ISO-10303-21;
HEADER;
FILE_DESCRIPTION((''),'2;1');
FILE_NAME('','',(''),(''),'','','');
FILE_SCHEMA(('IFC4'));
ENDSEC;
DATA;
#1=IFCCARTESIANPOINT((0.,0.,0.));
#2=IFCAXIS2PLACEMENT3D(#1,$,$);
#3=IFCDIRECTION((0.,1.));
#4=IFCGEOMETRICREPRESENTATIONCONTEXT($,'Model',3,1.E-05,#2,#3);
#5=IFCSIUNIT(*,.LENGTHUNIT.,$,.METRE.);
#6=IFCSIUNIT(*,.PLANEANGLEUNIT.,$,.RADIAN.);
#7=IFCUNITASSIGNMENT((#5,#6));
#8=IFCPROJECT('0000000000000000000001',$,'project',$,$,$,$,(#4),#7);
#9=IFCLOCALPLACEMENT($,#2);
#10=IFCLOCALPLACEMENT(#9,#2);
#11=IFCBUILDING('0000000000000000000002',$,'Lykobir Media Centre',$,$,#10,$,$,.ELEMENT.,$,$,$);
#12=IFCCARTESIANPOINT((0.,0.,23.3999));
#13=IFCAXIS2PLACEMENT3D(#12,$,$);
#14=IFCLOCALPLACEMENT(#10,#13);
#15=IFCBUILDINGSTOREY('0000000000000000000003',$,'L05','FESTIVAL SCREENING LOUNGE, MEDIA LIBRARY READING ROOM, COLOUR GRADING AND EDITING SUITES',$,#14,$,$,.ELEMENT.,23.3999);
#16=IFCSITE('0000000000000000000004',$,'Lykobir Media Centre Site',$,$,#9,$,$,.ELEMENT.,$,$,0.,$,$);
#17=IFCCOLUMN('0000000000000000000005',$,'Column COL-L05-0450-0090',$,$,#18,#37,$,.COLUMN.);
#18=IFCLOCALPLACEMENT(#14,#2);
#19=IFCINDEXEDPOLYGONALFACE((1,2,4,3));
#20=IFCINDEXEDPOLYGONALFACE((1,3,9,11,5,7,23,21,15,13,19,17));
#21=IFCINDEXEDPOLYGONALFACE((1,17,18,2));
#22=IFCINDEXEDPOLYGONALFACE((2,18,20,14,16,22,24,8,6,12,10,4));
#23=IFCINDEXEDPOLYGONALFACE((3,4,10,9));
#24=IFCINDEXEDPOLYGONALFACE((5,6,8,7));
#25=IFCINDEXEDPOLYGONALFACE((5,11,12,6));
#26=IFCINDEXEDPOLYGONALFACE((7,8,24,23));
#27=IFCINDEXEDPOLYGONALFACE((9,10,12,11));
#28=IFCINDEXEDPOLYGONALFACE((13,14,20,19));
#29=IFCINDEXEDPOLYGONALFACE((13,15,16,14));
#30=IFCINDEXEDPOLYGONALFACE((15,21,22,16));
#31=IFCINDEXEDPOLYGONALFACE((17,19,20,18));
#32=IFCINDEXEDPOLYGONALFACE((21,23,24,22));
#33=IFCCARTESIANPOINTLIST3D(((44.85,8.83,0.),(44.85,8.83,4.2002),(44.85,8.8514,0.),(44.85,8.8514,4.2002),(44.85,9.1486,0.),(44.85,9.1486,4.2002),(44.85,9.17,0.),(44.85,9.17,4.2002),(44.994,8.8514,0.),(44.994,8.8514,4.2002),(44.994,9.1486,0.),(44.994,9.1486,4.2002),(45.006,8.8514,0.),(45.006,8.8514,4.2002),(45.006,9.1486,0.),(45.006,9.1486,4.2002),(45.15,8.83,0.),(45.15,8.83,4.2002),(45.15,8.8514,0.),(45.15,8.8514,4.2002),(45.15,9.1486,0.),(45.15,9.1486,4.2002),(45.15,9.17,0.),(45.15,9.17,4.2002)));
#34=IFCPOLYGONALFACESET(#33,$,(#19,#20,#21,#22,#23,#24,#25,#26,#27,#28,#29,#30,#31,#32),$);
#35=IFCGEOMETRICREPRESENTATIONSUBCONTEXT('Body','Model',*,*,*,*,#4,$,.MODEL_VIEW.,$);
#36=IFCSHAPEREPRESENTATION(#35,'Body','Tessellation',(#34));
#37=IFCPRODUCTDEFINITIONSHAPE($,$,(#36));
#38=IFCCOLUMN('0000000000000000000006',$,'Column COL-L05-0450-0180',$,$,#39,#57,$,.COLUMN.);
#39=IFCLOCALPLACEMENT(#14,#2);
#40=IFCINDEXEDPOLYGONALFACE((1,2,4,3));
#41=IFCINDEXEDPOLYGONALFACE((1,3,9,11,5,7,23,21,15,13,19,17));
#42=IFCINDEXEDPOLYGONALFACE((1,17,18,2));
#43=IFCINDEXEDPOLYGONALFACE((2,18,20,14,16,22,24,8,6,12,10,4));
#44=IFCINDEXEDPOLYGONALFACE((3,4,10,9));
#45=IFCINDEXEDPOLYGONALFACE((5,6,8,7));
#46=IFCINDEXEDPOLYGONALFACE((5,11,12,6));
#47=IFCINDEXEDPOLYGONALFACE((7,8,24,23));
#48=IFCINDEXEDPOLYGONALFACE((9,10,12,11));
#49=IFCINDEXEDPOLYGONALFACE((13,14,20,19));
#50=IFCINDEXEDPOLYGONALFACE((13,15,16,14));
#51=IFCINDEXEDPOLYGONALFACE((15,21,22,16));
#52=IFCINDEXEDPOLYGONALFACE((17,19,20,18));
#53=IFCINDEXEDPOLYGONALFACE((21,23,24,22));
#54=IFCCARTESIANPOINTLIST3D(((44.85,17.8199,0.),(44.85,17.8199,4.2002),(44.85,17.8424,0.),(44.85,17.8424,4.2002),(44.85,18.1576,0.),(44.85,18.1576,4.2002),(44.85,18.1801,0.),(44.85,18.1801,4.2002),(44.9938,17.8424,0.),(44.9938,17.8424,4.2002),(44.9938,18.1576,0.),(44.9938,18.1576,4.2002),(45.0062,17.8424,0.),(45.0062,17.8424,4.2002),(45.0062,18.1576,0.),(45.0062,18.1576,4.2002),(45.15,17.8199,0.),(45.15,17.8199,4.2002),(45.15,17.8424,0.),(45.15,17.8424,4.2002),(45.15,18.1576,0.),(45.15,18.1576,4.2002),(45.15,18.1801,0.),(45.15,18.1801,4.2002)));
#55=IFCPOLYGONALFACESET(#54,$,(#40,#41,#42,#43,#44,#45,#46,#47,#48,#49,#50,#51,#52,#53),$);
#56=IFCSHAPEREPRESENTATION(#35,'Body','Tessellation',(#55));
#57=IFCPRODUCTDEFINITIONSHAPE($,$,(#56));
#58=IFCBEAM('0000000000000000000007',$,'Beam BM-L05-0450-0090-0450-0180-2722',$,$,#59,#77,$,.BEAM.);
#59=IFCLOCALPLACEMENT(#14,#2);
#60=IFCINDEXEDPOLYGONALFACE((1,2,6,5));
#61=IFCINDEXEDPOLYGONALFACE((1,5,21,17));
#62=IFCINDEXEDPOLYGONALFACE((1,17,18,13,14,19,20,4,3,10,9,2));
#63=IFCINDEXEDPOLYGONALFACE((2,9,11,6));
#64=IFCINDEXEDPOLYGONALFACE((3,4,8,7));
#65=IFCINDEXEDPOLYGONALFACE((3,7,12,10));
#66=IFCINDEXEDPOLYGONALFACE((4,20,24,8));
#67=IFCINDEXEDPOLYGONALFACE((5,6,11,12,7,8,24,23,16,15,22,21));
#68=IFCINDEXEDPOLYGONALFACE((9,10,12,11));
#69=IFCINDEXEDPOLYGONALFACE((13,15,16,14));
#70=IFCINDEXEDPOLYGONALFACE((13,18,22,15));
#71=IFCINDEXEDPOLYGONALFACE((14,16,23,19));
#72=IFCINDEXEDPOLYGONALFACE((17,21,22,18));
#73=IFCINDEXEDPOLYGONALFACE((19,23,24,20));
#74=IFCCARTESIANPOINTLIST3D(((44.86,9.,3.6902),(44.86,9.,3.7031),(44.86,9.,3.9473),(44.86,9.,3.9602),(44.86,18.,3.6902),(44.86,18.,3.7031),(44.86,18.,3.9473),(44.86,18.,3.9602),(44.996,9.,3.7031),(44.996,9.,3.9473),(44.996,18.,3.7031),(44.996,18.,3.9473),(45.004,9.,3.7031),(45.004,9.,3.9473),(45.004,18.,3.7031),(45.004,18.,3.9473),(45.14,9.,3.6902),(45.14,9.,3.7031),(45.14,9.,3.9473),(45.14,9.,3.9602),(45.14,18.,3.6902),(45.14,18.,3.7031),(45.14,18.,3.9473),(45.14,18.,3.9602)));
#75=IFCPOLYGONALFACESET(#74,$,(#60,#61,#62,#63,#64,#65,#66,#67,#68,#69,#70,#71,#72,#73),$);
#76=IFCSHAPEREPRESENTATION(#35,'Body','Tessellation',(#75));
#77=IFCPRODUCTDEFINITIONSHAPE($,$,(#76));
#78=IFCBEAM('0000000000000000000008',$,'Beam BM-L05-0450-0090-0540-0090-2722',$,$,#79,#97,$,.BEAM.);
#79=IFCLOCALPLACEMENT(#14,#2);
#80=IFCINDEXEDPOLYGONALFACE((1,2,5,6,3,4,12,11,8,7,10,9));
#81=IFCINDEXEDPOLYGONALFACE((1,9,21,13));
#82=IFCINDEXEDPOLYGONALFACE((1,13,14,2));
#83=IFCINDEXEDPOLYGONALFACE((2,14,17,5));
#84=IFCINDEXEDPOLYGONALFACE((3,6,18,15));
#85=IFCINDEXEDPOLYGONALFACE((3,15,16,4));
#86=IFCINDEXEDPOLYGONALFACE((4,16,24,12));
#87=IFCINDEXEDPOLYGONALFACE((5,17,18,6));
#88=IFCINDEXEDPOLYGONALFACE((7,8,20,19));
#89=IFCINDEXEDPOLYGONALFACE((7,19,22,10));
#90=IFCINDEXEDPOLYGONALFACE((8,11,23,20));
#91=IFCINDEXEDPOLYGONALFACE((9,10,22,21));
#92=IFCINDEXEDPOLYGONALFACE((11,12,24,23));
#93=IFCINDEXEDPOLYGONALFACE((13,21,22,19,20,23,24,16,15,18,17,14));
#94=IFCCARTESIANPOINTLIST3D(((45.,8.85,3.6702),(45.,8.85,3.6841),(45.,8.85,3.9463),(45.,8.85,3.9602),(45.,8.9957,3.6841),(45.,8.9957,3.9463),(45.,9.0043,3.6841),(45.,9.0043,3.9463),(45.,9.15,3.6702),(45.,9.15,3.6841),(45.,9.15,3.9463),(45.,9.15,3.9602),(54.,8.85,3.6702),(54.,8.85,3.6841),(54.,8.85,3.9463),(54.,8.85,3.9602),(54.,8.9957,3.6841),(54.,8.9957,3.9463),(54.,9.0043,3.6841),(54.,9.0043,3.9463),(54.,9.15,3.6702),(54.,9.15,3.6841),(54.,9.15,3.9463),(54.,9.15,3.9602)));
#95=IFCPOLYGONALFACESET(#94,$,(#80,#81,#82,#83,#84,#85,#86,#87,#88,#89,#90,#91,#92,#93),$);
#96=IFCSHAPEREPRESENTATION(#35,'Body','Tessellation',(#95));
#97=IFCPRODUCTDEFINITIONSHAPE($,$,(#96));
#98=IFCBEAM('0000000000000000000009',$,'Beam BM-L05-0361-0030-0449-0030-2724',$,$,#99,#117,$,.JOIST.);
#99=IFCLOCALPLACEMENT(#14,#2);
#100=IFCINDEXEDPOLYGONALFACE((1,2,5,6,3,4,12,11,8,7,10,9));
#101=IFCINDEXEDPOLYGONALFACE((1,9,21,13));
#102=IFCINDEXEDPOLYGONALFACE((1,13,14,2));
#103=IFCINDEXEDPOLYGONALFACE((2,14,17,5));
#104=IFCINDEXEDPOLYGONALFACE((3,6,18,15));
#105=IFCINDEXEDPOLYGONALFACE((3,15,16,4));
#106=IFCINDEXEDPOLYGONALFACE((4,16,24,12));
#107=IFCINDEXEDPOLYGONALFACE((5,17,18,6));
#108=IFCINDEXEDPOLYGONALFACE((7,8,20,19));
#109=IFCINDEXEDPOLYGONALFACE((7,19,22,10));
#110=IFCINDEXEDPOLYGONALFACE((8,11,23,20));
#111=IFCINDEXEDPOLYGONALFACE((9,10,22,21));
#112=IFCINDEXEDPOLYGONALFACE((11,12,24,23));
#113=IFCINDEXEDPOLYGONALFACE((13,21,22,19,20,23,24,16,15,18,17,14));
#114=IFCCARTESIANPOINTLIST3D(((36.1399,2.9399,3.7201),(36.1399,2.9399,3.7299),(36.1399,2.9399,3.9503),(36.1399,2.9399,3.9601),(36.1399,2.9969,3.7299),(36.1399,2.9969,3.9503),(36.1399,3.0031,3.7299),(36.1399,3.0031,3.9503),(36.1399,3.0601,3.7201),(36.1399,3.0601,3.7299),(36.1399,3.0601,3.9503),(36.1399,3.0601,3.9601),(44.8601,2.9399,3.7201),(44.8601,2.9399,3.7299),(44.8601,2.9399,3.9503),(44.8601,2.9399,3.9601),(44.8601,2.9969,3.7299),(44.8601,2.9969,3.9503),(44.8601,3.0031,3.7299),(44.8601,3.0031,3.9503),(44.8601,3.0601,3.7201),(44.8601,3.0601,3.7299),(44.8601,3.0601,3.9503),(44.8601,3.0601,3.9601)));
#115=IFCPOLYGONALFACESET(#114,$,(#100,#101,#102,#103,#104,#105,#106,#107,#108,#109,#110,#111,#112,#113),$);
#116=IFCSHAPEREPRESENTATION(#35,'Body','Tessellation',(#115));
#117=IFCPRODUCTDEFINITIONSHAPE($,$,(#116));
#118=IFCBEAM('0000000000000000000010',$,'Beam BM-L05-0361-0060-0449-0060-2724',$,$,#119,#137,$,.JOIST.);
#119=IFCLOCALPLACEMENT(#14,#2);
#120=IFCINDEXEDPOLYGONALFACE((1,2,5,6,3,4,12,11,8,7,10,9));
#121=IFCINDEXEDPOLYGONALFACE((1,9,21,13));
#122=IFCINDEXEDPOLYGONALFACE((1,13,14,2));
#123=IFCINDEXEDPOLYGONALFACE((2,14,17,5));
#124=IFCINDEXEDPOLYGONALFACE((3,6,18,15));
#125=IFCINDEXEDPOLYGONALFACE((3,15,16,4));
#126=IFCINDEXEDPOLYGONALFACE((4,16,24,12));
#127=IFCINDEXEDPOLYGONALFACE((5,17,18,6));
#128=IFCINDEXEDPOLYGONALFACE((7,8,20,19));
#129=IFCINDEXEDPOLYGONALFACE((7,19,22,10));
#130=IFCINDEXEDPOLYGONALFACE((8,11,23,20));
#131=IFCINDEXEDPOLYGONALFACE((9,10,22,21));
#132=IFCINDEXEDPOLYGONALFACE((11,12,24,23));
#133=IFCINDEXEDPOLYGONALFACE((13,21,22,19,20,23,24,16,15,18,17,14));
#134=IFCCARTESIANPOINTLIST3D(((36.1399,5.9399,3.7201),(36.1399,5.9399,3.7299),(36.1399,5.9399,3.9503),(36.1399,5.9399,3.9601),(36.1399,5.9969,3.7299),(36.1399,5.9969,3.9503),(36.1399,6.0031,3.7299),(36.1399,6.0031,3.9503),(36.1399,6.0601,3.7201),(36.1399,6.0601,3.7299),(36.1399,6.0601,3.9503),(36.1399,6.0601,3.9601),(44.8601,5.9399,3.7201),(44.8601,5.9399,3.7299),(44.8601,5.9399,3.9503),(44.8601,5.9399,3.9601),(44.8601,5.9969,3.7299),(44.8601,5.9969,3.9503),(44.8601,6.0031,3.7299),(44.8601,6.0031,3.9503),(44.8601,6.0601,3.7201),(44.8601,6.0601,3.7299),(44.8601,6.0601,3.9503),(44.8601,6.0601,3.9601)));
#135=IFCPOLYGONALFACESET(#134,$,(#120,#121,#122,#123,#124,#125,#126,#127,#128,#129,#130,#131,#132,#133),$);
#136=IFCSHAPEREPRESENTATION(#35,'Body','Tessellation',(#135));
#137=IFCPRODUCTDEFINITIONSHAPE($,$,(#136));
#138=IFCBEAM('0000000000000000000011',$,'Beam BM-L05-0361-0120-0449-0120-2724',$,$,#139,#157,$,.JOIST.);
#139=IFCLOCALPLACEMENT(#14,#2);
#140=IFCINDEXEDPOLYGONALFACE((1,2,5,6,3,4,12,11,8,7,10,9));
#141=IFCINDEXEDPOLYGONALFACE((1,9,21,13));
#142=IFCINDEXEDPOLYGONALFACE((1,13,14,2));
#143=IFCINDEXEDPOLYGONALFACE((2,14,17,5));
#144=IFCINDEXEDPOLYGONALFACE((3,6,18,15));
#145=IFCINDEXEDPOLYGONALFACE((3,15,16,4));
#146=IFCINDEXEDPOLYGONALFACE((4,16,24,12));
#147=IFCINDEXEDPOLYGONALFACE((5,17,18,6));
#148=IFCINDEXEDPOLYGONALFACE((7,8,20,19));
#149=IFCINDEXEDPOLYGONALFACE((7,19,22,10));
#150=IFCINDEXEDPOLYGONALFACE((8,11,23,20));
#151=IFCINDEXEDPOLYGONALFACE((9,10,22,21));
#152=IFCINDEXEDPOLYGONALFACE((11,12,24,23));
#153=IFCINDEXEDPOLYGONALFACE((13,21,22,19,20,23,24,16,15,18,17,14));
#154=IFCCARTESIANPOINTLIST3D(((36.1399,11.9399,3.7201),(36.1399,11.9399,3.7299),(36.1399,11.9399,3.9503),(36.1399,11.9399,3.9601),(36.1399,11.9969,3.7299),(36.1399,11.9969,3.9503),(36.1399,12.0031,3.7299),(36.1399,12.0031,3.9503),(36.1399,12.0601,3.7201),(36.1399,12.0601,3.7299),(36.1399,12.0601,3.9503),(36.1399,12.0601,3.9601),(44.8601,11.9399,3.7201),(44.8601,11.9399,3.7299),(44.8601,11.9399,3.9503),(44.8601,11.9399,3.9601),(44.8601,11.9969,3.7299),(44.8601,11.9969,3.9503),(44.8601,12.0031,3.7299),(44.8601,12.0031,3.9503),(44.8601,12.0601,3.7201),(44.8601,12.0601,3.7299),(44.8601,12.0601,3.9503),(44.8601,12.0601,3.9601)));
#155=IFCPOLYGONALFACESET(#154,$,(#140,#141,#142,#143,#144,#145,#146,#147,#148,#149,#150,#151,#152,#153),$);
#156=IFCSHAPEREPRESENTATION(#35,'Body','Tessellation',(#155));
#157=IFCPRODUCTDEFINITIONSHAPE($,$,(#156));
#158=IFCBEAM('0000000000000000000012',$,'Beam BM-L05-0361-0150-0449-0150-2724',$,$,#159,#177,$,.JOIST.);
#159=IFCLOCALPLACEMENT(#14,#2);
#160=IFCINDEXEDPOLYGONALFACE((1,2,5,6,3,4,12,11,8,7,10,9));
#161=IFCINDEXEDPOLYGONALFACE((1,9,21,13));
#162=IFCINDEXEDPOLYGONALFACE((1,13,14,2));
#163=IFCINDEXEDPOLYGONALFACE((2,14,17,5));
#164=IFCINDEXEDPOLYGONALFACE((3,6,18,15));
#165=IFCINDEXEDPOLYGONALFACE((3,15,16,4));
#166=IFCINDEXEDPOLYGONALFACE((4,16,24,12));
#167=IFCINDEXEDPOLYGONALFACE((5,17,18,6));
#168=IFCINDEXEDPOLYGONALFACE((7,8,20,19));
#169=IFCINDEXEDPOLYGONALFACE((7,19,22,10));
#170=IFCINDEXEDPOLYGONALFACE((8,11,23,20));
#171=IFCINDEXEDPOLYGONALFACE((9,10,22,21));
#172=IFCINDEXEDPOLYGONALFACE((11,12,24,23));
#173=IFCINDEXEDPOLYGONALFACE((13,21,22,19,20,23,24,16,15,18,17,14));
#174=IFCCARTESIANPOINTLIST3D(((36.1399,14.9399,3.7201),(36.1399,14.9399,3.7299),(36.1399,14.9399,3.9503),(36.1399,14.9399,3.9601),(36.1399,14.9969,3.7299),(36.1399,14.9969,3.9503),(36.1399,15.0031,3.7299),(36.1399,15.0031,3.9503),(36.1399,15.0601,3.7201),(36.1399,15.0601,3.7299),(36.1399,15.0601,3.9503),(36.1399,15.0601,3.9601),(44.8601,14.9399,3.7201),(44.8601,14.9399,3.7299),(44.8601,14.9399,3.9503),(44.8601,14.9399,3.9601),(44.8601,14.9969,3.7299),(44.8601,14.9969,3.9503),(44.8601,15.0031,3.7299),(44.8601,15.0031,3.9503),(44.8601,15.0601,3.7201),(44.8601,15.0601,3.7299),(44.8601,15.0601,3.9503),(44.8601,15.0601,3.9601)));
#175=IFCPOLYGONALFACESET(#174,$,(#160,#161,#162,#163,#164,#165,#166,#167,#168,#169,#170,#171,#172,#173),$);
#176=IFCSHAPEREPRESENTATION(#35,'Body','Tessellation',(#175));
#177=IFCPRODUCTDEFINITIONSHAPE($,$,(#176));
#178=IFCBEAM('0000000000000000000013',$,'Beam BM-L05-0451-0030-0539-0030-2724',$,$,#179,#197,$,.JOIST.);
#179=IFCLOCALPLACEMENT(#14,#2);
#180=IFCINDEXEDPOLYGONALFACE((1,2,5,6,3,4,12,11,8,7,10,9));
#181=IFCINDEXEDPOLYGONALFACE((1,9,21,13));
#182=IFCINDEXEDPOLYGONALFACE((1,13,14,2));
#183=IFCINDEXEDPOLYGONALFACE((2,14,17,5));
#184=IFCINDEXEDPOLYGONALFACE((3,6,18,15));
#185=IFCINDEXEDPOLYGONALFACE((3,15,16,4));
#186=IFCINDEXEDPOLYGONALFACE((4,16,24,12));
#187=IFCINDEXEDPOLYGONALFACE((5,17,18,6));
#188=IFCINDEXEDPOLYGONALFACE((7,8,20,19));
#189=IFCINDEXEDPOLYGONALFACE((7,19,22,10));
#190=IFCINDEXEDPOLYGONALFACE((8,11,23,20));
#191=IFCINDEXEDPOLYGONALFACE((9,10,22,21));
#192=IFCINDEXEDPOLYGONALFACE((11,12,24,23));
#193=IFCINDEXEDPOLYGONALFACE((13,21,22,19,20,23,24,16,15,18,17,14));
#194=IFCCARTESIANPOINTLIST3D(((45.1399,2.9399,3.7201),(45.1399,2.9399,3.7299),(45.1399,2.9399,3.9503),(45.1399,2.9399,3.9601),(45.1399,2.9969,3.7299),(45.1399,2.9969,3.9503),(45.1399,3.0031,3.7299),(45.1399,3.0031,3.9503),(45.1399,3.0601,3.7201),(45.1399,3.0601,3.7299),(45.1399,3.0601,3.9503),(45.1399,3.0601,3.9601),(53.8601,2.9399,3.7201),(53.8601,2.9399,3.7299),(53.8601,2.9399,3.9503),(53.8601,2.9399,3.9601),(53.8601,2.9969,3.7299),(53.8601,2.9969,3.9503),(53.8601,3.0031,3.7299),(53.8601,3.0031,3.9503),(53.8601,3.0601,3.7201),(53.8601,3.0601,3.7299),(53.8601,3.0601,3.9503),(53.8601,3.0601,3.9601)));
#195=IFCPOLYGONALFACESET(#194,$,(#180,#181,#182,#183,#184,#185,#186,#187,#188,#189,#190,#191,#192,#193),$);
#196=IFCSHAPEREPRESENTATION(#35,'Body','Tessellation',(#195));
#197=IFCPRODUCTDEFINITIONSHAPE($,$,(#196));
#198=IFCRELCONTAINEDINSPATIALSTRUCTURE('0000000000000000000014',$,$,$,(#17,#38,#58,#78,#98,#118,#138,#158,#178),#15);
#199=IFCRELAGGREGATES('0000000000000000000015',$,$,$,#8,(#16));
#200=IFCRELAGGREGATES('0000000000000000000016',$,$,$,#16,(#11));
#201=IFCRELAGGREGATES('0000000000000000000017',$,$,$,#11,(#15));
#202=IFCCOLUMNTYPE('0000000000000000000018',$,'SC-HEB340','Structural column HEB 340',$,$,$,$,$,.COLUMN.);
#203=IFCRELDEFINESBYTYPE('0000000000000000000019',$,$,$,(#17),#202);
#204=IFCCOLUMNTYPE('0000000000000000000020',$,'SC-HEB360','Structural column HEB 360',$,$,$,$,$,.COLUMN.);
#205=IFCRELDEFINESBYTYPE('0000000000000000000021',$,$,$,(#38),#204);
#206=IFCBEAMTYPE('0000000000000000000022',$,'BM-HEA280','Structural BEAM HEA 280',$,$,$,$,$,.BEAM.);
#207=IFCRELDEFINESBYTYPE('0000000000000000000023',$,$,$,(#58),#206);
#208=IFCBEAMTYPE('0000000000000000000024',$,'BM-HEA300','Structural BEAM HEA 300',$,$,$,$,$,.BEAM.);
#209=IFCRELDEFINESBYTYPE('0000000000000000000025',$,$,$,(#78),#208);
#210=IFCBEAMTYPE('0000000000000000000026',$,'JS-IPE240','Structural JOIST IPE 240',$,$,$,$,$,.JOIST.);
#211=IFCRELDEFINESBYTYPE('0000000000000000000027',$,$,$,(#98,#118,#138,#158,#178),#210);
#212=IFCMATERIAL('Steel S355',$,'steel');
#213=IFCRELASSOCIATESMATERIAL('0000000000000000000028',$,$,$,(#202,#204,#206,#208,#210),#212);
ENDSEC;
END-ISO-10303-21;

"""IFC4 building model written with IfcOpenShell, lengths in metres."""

from ifc_helpers import new_model, si_unit, direction, frame, origin, origin_2d, place, context, subcontext, project, spatial, i_section, extrude, material, material_profile, profile_set, type_object, element, save


model = new_model("IFC4")

# Units and contexts
model_context = context("Model", 3, precision=1e-05, world=origin(), true_north=direction((0.0, 1.0)))
body_context = subcontext(model_context, "Body", "Model", "MODEL_VIEW")
ifc_project = project(units=[si_unit("LENGTHUNIT", "METRE"), si_unit("PLANEANGLEUNIT", "RADIAN")], contexts=[model_context])

# Site, building, storey
site_placement = place(None, origin())
site = spatial("IfcSite", under=ifc_project, at=site_placement, Name="Lykobir Media Centre Site", CompositionType="ELEMENT", RefElevation=0.0)
building_placement = place(site_placement, origin())
building = spatial("IfcBuilding", under=site, at=building_placement, Name="Lykobir Media Centre", CompositionType="ELEMENT")
storey_placement = place(building_placement, frame((0.0, 0.0, 23.3999)))
storey = spatial("IfcBuildingStorey", under=building, at=storey_placement, Name="L05", Description="FESTIVAL SCREENING LOUNGE, MEDIA LIBRARY READING ROOM, COLOUR GRADING AND EDITING SUITES", CompositionType="ELEMENT", Elevation=23.3999)

# Columns
ifc_material_1 = material(Name="Steel S355", Category="steel")
ifc_material_profile_1 = material_profile(ifc_material_1, i_section(OverallWidth=0.3, OverallDepth=0.3401, WebThickness=0.012, FlangeThickness=0.0215, at=origin_2d()), Name="HEB 340")
ifc_profile_set_1 = profile_set([ifc_material_profile_1], Name="Steel S355")
column_type_1 = type_object("IfcColumnType", Name="SC-HEB340", Description="Structural column HEB 340", PredefinedType="COLUMN", material=ifc_profile_set_1)
column_1_placement = place(storey_placement, frame((45.0, 9.0, 0.0), z_axis=(0.0, 0.0, 1.0), x_axis=(1.0, 0.0, 0.0)))
element("IfcColumn", 1, at=column_1_placement, inside=storey, type_object=column_type_1, Name="Column COL-L05-0450-0090", PredefinedType="COLUMN", context=body_context, shape_type="SweptSolid", body=[
    extrude(i_section(OverallWidth=0.3, OverallDepth=0.3401, WebThickness=0.012, FlangeThickness=0.0215, at=origin_2d()), origin(), (0.0, 0.0, 1.0), 4.2002),
])
ifc_material_profile_2 = material_profile(ifc_material_1, i_section(OverallWidth=0.3, OverallDepth=0.3601, WebThickness=0.0125, FlangeThickness=0.0225, at=origin_2d()), Name="HEB 360")
ifc_profile_set_2 = profile_set([ifc_material_profile_2], Name="Steel S355")
column_type_2 = type_object("IfcColumnType", Name="SC-HEB360", Description="Structural column HEB 360", PredefinedType="COLUMN", material=ifc_profile_set_2)
column_2_placement = place(storey_placement, frame((45.0, 18.0, 0.0), z_axis=(0.0, 0.0, 1.0), x_axis=(1.0, 0.0, 0.0)))
element("IfcColumn", 2, at=column_2_placement, inside=storey, type_object=column_type_2, Name="Column COL-L05-0450-0180", PredefinedType="COLUMN", context=body_context, shape_type="SweptSolid", body=[
    extrude(i_section(OverallWidth=0.3, OverallDepth=0.3601, WebThickness=0.0125, FlangeThickness=0.0225, at=origin_2d()), origin(), (0.0, 0.0, 1.0), 4.2002),
])

# Beams
ifc_material_profile_3 = material_profile(ifc_material_1, i_section(OverallWidth=0.28, OverallDepth=0.27, WebThickness=0.0081, FlangeThickness=0.0129, at=origin_2d()), Name="HEA 280")
ifc_profile_set_3 = profile_set([ifc_material_profile_3], Name="Steel S355")
beam_type_1 = type_object("IfcBeamType", Name="BM-HEA280", Description="Structural BEAM HEA 280", PredefinedType="BEAM", material=ifc_profile_set_3)
beam_1_placement = place(storey_placement, frame((45.0, 9.0, 3.8252), z_axis=(0.0, 1.0, 0.0), x_axis=(-1.0, 0.0, 0.0)))
element("IfcBeam", 3, at=beam_1_placement, inside=storey, type_object=beam_type_1, Name="Beam BM-L05-0450-0090-0450-0180-2722", PredefinedType="BEAM", context=body_context, shape_type="SweptSolid", body=[
    extrude(i_section(OverallWidth=0.28, OverallDepth=0.27, WebThickness=0.0081, FlangeThickness=0.0129, at=origin_2d()), origin(), (0.0, 0.0, 1.0), 9.0),
])
ifc_material_profile_4 = material_profile(ifc_material_1, i_section(OverallWidth=0.3, OverallDepth=0.29, WebThickness=0.0085, FlangeThickness=0.0139, at=origin_2d()), Name="HEA 300")
ifc_profile_set_4 = profile_set([ifc_material_profile_4], Name="Steel S355")
beam_type_2 = type_object("IfcBeamType", Name="BM-HEA300", Description="Structural BEAM HEA 300", PredefinedType="BEAM", material=ifc_profile_set_4)
beam_2_placement = place(storey_placement, frame((45.0, 9.0, 3.8152), z_axis=(1.0, 0.0, 0.0), x_axis=(0.0, 1.0, 0.0)))
element("IfcBeam", 4, at=beam_2_placement, inside=storey, type_object=beam_type_2, Name="Beam BM-L05-0450-0090-0540-0090-2722", PredefinedType="BEAM", context=body_context, shape_type="SweptSolid", body=[
    extrude(i_section(OverallWidth=0.3, OverallDepth=0.29, WebThickness=0.0085, FlangeThickness=0.0139, at=origin_2d()), origin(), (0.0, 0.0, 1.0), 9.0),
])
ifc_material_profile_5 = material_profile(ifc_material_1, i_section(OverallWidth=0.1201, OverallDepth=0.24, WebThickness=0.0061, FlangeThickness=0.0098, at=origin_2d()), Name="IPE 240")
ifc_profile_set_5 = profile_set([ifc_material_profile_5], Name="Steel S355")
beam_type_3 = type_object("IfcBeamType", Name="JS-IPE240", Description="Structural JOIST IPE 240", PredefinedType="JOIST", material=ifc_profile_set_5)
for number, where, z_axis, x_axis, name in (
    (5, (36.1399, 3.0, 3.8401), (1.0, 0.0, 0.0), (0.0, 1.0, 0.0), "Beam BM-L05-0361-0030-0449-0030-2724"),
    (6, (36.1399, 6.0, 3.8401), (1.0, 0.0, 0.0), (0.0, 1.0, 0.0), "Beam BM-L05-0361-0060-0449-0060-2724"),
    (7, (36.1399, 12.0, 3.8401), (1.0, 0.0, 0.0), (0.0, 1.0, 0.0), "Beam BM-L05-0361-0120-0449-0120-2724"),
    (8, (36.1399, 15.0, 3.8401), (1.0, 0.0, 0.0), (0.0, 1.0, 0.0), "Beam BM-L05-0361-0150-0449-0150-2724"),
    (9, (45.1399, 3.0, 3.8401), (1.0, 0.0, 0.0), (0.0, 1.0, 0.0), "Beam BM-L05-0451-0030-0539-0030-2724"),
):
    element("IfcBeam", number, at=place(storey_placement, frame(where, z_axis=z_axis, x_axis=x_axis)), inside=storey, type_object=beam_type_3, Name=name, PredefinedType="JOIST", context=body_context, shape_type="SweptSolid", body=[
        extrude(i_section(OverallWidth=0.1201, OverallDepth=0.24, WebThickness=0.0061, FlangeThickness=0.0098, at=origin_2d()), origin(), (0.0, 0.0, 1.0), 8.7202),
    ])

save(model, "model.ifc")
